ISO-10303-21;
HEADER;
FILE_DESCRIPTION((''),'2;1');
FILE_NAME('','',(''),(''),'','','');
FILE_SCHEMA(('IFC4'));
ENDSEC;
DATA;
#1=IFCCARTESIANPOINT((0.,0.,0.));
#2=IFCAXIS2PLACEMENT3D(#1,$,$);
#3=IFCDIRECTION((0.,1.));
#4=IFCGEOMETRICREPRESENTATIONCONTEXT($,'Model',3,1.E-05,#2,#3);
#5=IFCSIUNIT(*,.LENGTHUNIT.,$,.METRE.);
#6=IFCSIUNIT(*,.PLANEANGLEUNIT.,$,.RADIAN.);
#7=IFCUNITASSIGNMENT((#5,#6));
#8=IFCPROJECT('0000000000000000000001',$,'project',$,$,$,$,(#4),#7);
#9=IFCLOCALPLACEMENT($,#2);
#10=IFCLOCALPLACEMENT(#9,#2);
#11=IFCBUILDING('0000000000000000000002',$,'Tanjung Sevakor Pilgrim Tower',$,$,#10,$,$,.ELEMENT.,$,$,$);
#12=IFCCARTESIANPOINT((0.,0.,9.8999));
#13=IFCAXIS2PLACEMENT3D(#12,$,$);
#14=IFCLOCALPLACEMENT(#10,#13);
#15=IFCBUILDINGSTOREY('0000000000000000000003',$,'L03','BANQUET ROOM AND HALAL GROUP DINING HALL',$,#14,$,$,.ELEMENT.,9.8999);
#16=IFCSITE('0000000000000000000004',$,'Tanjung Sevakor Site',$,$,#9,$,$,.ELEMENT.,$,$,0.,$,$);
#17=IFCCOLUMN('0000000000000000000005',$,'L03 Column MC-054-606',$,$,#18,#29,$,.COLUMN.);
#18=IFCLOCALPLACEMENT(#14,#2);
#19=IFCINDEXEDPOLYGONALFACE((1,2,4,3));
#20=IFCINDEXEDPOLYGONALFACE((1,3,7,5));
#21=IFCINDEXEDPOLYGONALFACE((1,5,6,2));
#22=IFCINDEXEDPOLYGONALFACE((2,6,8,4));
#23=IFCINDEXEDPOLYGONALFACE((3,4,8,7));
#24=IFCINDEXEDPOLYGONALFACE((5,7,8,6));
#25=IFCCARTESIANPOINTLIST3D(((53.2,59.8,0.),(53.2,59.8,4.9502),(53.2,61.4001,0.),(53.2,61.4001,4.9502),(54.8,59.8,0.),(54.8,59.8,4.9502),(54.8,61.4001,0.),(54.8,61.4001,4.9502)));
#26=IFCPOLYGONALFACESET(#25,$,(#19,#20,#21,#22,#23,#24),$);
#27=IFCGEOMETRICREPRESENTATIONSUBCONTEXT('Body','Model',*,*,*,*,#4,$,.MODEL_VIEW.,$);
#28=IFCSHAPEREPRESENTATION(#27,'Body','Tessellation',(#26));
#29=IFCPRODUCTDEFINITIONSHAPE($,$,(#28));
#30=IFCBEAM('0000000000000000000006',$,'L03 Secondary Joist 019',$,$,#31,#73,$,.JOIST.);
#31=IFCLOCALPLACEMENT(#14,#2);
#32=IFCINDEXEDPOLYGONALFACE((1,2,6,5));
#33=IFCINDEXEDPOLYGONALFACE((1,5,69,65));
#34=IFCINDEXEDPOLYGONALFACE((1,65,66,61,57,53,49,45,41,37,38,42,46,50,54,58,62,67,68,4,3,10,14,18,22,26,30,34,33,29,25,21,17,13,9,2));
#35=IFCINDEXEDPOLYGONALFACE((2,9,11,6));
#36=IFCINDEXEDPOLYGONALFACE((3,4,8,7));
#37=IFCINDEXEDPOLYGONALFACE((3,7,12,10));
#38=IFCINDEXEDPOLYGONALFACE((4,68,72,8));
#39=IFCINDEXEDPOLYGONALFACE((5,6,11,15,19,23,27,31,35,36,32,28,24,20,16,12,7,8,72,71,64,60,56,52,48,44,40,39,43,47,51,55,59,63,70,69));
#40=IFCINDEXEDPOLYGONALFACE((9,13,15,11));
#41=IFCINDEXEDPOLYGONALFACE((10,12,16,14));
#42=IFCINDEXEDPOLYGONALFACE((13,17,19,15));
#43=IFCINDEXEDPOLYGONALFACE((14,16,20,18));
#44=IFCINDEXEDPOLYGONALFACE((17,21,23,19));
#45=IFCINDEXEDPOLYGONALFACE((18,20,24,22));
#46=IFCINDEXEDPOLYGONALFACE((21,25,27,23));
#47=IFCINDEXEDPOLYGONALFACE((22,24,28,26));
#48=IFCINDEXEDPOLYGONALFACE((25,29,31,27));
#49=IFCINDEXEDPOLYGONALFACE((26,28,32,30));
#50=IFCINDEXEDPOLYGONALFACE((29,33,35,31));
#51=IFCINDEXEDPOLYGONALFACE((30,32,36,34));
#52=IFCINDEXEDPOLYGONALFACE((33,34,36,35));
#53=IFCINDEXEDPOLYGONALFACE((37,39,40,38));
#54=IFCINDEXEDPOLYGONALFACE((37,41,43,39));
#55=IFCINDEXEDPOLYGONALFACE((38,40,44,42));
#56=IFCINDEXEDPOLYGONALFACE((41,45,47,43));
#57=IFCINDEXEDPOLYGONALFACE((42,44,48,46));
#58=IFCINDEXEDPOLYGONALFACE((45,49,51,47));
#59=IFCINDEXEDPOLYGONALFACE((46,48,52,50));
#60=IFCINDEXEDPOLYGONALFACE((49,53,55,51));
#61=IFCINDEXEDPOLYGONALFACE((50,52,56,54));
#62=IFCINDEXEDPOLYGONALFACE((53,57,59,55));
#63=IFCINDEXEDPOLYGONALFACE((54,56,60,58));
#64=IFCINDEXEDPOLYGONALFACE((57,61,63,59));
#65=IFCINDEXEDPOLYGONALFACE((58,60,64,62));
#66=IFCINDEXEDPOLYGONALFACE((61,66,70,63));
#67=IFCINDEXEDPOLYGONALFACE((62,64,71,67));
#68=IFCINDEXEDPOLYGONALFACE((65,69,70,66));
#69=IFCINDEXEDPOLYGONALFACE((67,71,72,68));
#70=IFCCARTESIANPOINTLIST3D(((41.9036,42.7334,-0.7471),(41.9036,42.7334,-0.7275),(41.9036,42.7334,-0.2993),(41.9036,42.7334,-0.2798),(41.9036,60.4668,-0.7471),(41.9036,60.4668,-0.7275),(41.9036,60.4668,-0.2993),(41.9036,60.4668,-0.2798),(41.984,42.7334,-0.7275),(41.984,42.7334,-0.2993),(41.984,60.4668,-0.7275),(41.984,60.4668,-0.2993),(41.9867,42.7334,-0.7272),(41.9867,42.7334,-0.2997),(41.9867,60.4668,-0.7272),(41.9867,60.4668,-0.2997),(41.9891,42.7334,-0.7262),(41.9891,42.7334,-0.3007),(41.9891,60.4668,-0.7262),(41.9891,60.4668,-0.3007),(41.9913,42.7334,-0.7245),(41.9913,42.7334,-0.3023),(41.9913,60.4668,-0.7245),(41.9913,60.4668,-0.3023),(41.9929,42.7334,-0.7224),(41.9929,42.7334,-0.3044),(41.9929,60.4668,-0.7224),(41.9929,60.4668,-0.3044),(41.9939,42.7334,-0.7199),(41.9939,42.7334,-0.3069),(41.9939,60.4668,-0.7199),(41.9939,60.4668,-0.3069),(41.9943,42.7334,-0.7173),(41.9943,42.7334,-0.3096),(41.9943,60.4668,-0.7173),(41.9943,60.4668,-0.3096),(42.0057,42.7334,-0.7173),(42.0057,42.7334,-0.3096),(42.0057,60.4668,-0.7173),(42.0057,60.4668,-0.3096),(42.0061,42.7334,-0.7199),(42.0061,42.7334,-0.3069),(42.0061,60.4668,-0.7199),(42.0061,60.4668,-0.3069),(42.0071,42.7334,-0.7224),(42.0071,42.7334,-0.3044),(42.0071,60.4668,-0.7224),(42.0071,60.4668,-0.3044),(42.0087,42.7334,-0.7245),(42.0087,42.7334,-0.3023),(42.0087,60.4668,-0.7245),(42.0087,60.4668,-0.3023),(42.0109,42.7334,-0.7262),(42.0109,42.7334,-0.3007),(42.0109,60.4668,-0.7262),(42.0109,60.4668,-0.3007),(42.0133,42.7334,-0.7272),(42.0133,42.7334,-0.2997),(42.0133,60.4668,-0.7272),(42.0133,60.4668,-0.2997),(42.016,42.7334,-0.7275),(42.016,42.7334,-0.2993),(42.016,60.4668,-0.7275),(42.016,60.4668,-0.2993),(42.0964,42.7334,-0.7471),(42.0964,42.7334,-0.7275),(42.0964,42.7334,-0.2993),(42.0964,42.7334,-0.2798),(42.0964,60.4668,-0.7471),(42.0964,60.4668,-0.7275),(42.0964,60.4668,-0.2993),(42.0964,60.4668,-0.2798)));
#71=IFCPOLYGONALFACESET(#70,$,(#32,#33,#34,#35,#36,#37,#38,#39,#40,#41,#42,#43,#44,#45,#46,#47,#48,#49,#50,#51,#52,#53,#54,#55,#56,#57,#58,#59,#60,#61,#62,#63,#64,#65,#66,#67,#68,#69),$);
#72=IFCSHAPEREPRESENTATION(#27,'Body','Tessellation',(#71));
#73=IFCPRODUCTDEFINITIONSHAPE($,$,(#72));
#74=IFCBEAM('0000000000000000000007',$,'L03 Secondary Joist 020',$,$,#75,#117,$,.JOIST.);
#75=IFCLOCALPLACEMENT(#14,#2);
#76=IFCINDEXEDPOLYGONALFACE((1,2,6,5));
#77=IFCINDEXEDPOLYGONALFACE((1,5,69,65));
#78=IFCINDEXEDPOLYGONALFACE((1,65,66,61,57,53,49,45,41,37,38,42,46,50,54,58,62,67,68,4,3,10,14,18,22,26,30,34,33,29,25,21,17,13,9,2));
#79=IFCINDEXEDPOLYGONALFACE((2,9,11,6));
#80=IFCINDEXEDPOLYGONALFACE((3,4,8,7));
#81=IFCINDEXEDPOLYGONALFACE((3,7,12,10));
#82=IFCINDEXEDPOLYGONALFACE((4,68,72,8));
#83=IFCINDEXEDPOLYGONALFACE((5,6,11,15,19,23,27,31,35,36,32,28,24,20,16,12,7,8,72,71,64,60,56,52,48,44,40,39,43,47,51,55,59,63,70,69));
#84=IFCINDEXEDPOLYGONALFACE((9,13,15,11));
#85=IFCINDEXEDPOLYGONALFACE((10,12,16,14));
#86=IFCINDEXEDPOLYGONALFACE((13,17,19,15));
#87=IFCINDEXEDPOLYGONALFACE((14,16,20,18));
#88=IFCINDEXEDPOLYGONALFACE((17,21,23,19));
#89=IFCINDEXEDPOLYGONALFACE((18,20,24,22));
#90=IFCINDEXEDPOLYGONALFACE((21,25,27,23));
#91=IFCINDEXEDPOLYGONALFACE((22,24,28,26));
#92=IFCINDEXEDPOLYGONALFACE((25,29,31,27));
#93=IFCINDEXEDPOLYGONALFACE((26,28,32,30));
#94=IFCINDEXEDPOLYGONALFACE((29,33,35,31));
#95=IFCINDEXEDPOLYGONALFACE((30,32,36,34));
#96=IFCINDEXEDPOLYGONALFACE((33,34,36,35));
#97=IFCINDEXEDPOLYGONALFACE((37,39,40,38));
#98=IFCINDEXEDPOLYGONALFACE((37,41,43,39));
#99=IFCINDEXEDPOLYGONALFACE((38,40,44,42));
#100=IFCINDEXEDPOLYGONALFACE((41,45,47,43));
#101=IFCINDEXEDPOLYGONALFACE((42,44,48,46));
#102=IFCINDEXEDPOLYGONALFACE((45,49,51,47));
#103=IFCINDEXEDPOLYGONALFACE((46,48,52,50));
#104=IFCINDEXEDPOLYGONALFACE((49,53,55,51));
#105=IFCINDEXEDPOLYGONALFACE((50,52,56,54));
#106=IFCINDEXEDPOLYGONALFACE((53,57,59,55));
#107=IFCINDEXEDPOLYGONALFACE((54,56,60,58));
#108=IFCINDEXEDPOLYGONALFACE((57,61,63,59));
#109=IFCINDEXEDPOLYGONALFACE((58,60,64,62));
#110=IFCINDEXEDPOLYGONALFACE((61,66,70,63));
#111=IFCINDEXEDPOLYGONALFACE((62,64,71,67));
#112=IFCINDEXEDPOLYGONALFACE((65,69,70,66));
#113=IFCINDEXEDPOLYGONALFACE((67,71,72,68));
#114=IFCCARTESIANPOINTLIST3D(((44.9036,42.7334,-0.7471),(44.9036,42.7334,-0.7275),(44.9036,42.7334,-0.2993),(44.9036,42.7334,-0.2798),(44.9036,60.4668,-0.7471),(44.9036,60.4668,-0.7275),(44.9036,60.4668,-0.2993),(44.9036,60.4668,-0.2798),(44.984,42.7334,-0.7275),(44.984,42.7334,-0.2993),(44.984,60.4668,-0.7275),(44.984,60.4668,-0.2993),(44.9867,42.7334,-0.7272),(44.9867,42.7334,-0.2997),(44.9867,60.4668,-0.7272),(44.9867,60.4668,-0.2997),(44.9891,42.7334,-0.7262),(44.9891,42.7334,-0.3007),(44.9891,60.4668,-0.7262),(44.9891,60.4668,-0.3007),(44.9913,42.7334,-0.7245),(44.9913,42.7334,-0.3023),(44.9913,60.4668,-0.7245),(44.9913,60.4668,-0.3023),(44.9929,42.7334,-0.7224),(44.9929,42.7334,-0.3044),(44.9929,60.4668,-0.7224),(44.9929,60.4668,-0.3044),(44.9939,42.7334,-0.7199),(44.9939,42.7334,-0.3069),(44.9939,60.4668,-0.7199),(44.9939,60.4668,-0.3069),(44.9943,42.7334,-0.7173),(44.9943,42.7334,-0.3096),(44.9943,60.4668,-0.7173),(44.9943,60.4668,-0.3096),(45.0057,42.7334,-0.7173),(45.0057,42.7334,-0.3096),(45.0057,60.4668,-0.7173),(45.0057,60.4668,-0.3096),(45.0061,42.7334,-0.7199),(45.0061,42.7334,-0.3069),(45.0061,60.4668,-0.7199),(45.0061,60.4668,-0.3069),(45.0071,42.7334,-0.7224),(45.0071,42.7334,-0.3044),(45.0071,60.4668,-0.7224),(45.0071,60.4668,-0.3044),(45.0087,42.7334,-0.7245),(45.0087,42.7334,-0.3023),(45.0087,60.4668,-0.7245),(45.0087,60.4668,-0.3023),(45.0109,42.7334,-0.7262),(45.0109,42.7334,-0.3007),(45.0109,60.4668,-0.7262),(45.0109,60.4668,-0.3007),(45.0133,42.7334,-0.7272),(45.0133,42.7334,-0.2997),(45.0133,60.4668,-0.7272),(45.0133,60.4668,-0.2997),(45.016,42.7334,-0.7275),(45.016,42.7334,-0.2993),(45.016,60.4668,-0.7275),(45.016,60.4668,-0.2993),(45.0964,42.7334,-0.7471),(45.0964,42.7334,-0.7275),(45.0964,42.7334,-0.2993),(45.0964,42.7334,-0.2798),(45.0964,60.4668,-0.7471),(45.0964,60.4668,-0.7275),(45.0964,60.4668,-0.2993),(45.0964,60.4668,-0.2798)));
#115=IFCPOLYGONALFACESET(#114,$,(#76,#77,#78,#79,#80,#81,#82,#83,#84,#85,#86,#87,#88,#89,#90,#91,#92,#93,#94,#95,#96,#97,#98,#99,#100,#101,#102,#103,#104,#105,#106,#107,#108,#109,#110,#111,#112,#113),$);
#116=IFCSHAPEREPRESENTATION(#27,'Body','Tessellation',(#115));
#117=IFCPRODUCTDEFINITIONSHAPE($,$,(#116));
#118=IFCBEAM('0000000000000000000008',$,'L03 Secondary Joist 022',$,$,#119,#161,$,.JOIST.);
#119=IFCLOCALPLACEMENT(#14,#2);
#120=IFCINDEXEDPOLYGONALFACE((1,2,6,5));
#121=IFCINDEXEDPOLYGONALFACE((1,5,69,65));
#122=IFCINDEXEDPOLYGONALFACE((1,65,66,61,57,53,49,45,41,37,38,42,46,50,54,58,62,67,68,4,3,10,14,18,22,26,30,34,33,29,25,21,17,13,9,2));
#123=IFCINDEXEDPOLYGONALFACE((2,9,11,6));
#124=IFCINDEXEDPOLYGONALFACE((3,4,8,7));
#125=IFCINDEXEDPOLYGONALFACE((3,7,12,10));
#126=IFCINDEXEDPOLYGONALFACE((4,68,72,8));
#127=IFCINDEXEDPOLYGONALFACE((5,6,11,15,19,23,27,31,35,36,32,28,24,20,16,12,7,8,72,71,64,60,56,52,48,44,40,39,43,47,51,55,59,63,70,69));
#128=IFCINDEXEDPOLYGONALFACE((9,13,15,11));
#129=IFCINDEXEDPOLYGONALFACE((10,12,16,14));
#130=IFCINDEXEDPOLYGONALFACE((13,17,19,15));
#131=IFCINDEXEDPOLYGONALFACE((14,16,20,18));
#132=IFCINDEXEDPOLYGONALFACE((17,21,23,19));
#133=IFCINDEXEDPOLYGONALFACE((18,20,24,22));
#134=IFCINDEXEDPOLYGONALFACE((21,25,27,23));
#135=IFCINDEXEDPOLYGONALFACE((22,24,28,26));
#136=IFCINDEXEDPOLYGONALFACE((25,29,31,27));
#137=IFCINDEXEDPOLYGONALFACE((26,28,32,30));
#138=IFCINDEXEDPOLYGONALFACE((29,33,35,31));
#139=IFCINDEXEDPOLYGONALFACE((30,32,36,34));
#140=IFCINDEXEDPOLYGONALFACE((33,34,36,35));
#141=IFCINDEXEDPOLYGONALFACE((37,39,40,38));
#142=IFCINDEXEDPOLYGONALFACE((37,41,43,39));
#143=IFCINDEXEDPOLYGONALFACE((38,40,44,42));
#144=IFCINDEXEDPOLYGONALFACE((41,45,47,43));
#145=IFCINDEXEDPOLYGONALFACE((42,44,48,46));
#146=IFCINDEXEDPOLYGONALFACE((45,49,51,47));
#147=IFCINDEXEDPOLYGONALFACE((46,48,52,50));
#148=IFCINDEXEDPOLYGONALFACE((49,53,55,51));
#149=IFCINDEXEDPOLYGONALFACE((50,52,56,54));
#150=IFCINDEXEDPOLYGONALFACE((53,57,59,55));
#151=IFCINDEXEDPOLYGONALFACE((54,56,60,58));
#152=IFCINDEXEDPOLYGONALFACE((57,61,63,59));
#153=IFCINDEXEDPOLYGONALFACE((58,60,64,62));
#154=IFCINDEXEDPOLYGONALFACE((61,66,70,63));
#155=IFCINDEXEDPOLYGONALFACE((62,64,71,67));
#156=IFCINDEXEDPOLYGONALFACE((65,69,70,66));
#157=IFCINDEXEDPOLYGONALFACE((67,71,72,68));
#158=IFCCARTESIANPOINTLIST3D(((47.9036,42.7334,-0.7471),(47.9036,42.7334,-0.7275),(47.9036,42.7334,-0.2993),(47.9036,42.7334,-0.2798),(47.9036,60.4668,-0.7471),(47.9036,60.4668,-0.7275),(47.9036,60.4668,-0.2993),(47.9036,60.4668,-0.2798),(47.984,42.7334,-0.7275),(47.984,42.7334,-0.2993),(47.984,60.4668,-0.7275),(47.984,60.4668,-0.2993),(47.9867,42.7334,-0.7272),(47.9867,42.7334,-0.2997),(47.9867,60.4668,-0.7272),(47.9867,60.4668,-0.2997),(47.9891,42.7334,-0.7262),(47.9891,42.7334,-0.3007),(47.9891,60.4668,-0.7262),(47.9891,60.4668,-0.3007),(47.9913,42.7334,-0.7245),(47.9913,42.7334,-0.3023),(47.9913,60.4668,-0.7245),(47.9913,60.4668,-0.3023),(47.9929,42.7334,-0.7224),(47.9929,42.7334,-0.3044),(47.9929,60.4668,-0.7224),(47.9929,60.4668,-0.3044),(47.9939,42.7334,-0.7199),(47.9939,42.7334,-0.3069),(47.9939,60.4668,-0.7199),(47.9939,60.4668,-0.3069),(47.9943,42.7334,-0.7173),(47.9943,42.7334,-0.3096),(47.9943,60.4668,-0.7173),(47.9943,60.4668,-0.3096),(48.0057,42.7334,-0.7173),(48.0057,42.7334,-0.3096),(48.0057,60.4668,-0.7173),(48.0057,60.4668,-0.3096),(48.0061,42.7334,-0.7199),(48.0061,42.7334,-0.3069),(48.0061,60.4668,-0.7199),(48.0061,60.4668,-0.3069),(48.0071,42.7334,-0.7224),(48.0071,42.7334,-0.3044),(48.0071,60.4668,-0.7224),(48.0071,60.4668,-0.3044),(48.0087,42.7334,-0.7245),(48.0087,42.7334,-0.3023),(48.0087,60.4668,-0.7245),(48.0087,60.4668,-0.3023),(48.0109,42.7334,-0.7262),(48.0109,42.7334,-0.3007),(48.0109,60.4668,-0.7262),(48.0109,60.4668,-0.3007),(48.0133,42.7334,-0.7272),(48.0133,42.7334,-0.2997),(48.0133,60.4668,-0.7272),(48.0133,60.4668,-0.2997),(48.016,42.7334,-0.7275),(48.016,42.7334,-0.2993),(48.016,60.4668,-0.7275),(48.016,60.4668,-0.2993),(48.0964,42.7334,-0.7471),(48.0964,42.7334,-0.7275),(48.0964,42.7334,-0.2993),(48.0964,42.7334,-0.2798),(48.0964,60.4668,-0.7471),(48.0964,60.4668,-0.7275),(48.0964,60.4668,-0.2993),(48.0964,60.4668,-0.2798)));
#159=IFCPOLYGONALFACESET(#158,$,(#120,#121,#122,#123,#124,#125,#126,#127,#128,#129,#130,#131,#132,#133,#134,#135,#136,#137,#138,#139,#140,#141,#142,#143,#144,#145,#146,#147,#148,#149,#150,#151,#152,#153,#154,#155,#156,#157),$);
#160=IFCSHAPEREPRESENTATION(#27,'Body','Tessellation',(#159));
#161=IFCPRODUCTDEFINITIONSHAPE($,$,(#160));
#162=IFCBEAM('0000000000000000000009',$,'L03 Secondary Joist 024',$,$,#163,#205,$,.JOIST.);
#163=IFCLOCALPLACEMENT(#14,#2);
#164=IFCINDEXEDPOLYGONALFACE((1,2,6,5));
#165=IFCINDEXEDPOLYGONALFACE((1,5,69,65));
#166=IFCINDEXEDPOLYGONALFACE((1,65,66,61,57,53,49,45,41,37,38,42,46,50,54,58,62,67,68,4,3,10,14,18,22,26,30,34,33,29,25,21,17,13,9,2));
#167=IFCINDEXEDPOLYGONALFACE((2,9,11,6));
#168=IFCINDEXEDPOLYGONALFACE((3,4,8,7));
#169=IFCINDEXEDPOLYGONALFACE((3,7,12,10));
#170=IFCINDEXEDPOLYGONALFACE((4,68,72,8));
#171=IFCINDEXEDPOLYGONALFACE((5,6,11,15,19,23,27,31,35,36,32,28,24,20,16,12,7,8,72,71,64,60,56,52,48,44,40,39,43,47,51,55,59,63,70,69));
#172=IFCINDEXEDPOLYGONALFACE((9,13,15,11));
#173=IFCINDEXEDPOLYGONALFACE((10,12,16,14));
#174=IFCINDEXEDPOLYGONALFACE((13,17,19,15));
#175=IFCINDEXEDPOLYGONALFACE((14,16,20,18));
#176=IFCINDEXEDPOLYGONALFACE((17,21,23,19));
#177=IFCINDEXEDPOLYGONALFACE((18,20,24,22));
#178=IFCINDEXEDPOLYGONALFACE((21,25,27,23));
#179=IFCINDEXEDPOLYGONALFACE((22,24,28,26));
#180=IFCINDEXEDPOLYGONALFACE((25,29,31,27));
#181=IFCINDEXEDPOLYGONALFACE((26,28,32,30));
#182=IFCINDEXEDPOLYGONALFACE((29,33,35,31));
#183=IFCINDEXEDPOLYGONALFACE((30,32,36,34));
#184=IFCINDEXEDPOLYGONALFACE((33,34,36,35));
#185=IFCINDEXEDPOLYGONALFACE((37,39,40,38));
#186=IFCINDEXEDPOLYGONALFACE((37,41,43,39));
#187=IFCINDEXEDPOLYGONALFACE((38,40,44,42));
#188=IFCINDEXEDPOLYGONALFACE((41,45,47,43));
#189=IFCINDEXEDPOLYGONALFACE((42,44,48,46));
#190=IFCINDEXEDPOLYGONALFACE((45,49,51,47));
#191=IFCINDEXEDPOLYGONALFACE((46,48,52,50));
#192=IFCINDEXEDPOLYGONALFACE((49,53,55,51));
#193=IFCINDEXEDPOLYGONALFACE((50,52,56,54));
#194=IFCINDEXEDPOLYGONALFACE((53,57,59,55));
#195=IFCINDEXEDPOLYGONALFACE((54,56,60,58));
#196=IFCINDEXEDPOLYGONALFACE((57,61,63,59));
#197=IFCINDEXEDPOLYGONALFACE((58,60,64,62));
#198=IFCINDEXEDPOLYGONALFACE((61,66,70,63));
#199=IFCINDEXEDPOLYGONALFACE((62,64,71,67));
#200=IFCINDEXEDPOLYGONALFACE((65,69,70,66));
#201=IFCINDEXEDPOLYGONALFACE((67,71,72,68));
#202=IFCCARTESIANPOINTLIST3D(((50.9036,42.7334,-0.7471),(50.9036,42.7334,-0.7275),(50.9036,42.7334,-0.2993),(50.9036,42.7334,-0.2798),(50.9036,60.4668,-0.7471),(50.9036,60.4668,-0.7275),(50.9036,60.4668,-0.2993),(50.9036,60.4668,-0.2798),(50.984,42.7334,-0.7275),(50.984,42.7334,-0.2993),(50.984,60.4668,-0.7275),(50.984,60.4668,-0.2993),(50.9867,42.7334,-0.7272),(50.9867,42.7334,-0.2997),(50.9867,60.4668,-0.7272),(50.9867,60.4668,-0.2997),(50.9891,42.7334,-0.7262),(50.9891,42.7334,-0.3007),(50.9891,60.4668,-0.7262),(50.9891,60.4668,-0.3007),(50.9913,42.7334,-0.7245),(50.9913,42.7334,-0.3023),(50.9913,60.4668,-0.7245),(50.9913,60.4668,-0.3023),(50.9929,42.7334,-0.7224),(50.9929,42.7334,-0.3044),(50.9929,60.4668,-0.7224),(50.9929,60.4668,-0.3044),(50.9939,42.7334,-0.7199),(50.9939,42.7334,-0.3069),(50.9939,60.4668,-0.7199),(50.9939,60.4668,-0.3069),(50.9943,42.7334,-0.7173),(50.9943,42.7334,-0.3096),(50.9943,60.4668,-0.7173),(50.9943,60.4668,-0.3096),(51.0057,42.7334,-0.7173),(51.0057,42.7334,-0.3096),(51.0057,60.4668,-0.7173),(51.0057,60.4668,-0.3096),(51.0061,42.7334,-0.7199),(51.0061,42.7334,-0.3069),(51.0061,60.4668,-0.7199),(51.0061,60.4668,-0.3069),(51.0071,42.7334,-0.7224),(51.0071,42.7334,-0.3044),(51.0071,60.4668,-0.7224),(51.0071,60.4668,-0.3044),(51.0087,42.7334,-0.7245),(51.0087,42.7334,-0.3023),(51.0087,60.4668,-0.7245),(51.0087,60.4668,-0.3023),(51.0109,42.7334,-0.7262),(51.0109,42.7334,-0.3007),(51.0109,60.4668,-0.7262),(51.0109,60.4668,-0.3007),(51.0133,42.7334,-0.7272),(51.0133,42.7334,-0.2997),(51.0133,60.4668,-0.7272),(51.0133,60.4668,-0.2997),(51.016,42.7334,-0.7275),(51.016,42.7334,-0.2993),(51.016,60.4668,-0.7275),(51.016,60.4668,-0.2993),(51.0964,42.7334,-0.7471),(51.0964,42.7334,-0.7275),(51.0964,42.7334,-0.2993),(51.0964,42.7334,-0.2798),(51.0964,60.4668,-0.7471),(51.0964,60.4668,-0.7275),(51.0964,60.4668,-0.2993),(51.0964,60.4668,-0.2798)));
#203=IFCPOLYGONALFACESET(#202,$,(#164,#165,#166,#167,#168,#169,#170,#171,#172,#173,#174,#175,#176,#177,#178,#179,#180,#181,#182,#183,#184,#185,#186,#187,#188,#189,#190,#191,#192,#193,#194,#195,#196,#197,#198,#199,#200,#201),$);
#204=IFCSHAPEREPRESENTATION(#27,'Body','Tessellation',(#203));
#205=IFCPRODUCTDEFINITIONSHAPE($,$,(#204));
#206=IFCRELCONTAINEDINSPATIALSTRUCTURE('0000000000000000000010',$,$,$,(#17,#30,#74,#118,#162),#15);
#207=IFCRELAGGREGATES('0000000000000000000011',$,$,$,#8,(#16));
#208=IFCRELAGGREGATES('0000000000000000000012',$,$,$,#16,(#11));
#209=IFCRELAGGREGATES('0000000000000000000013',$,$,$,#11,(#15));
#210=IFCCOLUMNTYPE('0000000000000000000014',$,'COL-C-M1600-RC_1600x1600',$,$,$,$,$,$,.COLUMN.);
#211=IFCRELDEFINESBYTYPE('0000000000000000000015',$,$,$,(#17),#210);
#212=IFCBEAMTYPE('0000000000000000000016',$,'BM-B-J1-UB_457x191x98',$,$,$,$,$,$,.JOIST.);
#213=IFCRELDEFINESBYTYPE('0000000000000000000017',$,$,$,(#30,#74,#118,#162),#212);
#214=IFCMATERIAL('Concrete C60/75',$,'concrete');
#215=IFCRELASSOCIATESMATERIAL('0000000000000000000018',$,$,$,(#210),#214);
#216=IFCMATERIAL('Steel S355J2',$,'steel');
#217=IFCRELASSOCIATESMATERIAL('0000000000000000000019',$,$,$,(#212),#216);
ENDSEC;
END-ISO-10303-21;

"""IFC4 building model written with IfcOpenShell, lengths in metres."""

from ifc_helpers import new_model, si_unit, direction, frame, origin, origin_2d, place, context, subcontext, project, spatial, rectangle, i_section, extrude, material, material_profile, profile_set, type_object, element, save


model = new_model("IFC4")

# Units and contexts
model_context = context("Model", 3, precision=1e-05, world=origin(), true_north=direction((0.0, 1.0)))
body_context = subcontext(model_context, "Body", "Model", "MODEL_VIEW")
ifc_project = project(units=[si_unit("LENGTHUNIT", "METRE"), si_unit("PLANEANGLEUNIT", "RADIAN")], contexts=[model_context])

# Site, building, storey
site_placement = place(None, origin())
site = spatial("IfcSite", under=ifc_project, at=site_placement, Name="Tanjung Sevakor Site", CompositionType="ELEMENT", RefElevation=0.0)
building_placement = place(site_placement, origin())
building = spatial("IfcBuilding", under=site, at=building_placement, Name="Tanjung Sevakor Pilgrim Tower", CompositionType="ELEMENT")
storey_placement = place(building_placement, frame((0.0, 0.0, 9.8999)))
storey = spatial("IfcBuildingStorey", under=building, at=storey_placement, Name="L03", Description="BANQUET ROOM AND HALAL GROUP DINING HALL", CompositionType="ELEMENT", Elevation=9.8999)

# Column
ifc_material_1 = material(Name="Concrete C60/75", Category="concrete")
ifc_material_profile_1 = material_profile(ifc_material_1, rectangle(XDim=1.6001, YDim=1.6001, at=origin_2d()))
ifc_profile_set_1 = profile_set([ifc_material_profile_1], Name="Concrete C60/75")
column_type = type_object("IfcColumnType", Name="COL-C-M1600-RC_1600x1600", PredefinedType="COLUMN", material=ifc_profile_set_1)
column_placement = place(storey_placement, frame((54.0, 60.6001, 0.0), z_axis=(0.0, 0.0, 1.0), x_axis=(1.0, 0.0, 0.0)))
element("IfcColumn", 1, at=column_placement, inside=storey, type_object=column_type, Name="L03 Column MC-054-606", PredefinedType="COLUMN", context=body_context, shape_type="SweptSolid", body=[
    extrude(rectangle(XDim=1.6001, YDim=1.6001, at=origin_2d()), origin(), (0.0, 0.0, 1.0), 4.9502),
])

# Beams
ifc_material_2 = material(Name="Steel S355J2", Category="steel")
ifc_material_profile_2 = material_profile(ifc_material_2, i_section(OverallWidth=0.1929, OverallDepth=0.4673, WebThickness=0.0115, FlangeThickness=0.0195, FilletRadius=0.0103, at=origin_2d()))
ifc_profile_set_2 = profile_set([ifc_material_profile_2], Name="Steel S355J2")
beam_type = type_object("IfcBeamType", Name="BM-B-J1-UB_457x191x98", PredefinedType="JOIST", material=ifc_profile_set_2)
for number, where, z_axis, x_axis, name in (
    (2, (42.0, 42.7334, -0.5134), (0.0, 1.0, 0.0), (-1.0, 0.0, 0.0), "L03 Secondary Joist 019"),
    (3, (45.0, 42.7334, -0.5134), (0.0, 1.0, 0.0), (-1.0, 0.0, 0.0), "L03 Secondary Joist 020"),
    (4, (48.0, 42.7334, -0.5134), (0.0, 1.0, 0.0), (-1.0, 0.0, 0.0), "L03 Secondary Joist 022"),
    (5, (51.0, 42.7334, -0.5134), (0.0, 1.0, 0.0), (-1.0, 0.0, 0.0), "L03 Secondary Joist 024"),
):
    element("IfcBeam", number, at=place(storey_placement, frame(where, z_axis=z_axis, x_axis=x_axis)), inside=storey, type_object=beam_type, Name=name, PredefinedType="JOIST", context=body_context, shape_type="SweptSolid", body=[
        extrude(i_section(OverallWidth=0.1929, OverallDepth=0.4673, WebThickness=0.0115, FlangeThickness=0.0195, FilletRadius=0.0103, at=origin_2d()), origin(), (0.0, 0.0, 1.0), 17.7334),
    ])

save(model, "model.ifc")
